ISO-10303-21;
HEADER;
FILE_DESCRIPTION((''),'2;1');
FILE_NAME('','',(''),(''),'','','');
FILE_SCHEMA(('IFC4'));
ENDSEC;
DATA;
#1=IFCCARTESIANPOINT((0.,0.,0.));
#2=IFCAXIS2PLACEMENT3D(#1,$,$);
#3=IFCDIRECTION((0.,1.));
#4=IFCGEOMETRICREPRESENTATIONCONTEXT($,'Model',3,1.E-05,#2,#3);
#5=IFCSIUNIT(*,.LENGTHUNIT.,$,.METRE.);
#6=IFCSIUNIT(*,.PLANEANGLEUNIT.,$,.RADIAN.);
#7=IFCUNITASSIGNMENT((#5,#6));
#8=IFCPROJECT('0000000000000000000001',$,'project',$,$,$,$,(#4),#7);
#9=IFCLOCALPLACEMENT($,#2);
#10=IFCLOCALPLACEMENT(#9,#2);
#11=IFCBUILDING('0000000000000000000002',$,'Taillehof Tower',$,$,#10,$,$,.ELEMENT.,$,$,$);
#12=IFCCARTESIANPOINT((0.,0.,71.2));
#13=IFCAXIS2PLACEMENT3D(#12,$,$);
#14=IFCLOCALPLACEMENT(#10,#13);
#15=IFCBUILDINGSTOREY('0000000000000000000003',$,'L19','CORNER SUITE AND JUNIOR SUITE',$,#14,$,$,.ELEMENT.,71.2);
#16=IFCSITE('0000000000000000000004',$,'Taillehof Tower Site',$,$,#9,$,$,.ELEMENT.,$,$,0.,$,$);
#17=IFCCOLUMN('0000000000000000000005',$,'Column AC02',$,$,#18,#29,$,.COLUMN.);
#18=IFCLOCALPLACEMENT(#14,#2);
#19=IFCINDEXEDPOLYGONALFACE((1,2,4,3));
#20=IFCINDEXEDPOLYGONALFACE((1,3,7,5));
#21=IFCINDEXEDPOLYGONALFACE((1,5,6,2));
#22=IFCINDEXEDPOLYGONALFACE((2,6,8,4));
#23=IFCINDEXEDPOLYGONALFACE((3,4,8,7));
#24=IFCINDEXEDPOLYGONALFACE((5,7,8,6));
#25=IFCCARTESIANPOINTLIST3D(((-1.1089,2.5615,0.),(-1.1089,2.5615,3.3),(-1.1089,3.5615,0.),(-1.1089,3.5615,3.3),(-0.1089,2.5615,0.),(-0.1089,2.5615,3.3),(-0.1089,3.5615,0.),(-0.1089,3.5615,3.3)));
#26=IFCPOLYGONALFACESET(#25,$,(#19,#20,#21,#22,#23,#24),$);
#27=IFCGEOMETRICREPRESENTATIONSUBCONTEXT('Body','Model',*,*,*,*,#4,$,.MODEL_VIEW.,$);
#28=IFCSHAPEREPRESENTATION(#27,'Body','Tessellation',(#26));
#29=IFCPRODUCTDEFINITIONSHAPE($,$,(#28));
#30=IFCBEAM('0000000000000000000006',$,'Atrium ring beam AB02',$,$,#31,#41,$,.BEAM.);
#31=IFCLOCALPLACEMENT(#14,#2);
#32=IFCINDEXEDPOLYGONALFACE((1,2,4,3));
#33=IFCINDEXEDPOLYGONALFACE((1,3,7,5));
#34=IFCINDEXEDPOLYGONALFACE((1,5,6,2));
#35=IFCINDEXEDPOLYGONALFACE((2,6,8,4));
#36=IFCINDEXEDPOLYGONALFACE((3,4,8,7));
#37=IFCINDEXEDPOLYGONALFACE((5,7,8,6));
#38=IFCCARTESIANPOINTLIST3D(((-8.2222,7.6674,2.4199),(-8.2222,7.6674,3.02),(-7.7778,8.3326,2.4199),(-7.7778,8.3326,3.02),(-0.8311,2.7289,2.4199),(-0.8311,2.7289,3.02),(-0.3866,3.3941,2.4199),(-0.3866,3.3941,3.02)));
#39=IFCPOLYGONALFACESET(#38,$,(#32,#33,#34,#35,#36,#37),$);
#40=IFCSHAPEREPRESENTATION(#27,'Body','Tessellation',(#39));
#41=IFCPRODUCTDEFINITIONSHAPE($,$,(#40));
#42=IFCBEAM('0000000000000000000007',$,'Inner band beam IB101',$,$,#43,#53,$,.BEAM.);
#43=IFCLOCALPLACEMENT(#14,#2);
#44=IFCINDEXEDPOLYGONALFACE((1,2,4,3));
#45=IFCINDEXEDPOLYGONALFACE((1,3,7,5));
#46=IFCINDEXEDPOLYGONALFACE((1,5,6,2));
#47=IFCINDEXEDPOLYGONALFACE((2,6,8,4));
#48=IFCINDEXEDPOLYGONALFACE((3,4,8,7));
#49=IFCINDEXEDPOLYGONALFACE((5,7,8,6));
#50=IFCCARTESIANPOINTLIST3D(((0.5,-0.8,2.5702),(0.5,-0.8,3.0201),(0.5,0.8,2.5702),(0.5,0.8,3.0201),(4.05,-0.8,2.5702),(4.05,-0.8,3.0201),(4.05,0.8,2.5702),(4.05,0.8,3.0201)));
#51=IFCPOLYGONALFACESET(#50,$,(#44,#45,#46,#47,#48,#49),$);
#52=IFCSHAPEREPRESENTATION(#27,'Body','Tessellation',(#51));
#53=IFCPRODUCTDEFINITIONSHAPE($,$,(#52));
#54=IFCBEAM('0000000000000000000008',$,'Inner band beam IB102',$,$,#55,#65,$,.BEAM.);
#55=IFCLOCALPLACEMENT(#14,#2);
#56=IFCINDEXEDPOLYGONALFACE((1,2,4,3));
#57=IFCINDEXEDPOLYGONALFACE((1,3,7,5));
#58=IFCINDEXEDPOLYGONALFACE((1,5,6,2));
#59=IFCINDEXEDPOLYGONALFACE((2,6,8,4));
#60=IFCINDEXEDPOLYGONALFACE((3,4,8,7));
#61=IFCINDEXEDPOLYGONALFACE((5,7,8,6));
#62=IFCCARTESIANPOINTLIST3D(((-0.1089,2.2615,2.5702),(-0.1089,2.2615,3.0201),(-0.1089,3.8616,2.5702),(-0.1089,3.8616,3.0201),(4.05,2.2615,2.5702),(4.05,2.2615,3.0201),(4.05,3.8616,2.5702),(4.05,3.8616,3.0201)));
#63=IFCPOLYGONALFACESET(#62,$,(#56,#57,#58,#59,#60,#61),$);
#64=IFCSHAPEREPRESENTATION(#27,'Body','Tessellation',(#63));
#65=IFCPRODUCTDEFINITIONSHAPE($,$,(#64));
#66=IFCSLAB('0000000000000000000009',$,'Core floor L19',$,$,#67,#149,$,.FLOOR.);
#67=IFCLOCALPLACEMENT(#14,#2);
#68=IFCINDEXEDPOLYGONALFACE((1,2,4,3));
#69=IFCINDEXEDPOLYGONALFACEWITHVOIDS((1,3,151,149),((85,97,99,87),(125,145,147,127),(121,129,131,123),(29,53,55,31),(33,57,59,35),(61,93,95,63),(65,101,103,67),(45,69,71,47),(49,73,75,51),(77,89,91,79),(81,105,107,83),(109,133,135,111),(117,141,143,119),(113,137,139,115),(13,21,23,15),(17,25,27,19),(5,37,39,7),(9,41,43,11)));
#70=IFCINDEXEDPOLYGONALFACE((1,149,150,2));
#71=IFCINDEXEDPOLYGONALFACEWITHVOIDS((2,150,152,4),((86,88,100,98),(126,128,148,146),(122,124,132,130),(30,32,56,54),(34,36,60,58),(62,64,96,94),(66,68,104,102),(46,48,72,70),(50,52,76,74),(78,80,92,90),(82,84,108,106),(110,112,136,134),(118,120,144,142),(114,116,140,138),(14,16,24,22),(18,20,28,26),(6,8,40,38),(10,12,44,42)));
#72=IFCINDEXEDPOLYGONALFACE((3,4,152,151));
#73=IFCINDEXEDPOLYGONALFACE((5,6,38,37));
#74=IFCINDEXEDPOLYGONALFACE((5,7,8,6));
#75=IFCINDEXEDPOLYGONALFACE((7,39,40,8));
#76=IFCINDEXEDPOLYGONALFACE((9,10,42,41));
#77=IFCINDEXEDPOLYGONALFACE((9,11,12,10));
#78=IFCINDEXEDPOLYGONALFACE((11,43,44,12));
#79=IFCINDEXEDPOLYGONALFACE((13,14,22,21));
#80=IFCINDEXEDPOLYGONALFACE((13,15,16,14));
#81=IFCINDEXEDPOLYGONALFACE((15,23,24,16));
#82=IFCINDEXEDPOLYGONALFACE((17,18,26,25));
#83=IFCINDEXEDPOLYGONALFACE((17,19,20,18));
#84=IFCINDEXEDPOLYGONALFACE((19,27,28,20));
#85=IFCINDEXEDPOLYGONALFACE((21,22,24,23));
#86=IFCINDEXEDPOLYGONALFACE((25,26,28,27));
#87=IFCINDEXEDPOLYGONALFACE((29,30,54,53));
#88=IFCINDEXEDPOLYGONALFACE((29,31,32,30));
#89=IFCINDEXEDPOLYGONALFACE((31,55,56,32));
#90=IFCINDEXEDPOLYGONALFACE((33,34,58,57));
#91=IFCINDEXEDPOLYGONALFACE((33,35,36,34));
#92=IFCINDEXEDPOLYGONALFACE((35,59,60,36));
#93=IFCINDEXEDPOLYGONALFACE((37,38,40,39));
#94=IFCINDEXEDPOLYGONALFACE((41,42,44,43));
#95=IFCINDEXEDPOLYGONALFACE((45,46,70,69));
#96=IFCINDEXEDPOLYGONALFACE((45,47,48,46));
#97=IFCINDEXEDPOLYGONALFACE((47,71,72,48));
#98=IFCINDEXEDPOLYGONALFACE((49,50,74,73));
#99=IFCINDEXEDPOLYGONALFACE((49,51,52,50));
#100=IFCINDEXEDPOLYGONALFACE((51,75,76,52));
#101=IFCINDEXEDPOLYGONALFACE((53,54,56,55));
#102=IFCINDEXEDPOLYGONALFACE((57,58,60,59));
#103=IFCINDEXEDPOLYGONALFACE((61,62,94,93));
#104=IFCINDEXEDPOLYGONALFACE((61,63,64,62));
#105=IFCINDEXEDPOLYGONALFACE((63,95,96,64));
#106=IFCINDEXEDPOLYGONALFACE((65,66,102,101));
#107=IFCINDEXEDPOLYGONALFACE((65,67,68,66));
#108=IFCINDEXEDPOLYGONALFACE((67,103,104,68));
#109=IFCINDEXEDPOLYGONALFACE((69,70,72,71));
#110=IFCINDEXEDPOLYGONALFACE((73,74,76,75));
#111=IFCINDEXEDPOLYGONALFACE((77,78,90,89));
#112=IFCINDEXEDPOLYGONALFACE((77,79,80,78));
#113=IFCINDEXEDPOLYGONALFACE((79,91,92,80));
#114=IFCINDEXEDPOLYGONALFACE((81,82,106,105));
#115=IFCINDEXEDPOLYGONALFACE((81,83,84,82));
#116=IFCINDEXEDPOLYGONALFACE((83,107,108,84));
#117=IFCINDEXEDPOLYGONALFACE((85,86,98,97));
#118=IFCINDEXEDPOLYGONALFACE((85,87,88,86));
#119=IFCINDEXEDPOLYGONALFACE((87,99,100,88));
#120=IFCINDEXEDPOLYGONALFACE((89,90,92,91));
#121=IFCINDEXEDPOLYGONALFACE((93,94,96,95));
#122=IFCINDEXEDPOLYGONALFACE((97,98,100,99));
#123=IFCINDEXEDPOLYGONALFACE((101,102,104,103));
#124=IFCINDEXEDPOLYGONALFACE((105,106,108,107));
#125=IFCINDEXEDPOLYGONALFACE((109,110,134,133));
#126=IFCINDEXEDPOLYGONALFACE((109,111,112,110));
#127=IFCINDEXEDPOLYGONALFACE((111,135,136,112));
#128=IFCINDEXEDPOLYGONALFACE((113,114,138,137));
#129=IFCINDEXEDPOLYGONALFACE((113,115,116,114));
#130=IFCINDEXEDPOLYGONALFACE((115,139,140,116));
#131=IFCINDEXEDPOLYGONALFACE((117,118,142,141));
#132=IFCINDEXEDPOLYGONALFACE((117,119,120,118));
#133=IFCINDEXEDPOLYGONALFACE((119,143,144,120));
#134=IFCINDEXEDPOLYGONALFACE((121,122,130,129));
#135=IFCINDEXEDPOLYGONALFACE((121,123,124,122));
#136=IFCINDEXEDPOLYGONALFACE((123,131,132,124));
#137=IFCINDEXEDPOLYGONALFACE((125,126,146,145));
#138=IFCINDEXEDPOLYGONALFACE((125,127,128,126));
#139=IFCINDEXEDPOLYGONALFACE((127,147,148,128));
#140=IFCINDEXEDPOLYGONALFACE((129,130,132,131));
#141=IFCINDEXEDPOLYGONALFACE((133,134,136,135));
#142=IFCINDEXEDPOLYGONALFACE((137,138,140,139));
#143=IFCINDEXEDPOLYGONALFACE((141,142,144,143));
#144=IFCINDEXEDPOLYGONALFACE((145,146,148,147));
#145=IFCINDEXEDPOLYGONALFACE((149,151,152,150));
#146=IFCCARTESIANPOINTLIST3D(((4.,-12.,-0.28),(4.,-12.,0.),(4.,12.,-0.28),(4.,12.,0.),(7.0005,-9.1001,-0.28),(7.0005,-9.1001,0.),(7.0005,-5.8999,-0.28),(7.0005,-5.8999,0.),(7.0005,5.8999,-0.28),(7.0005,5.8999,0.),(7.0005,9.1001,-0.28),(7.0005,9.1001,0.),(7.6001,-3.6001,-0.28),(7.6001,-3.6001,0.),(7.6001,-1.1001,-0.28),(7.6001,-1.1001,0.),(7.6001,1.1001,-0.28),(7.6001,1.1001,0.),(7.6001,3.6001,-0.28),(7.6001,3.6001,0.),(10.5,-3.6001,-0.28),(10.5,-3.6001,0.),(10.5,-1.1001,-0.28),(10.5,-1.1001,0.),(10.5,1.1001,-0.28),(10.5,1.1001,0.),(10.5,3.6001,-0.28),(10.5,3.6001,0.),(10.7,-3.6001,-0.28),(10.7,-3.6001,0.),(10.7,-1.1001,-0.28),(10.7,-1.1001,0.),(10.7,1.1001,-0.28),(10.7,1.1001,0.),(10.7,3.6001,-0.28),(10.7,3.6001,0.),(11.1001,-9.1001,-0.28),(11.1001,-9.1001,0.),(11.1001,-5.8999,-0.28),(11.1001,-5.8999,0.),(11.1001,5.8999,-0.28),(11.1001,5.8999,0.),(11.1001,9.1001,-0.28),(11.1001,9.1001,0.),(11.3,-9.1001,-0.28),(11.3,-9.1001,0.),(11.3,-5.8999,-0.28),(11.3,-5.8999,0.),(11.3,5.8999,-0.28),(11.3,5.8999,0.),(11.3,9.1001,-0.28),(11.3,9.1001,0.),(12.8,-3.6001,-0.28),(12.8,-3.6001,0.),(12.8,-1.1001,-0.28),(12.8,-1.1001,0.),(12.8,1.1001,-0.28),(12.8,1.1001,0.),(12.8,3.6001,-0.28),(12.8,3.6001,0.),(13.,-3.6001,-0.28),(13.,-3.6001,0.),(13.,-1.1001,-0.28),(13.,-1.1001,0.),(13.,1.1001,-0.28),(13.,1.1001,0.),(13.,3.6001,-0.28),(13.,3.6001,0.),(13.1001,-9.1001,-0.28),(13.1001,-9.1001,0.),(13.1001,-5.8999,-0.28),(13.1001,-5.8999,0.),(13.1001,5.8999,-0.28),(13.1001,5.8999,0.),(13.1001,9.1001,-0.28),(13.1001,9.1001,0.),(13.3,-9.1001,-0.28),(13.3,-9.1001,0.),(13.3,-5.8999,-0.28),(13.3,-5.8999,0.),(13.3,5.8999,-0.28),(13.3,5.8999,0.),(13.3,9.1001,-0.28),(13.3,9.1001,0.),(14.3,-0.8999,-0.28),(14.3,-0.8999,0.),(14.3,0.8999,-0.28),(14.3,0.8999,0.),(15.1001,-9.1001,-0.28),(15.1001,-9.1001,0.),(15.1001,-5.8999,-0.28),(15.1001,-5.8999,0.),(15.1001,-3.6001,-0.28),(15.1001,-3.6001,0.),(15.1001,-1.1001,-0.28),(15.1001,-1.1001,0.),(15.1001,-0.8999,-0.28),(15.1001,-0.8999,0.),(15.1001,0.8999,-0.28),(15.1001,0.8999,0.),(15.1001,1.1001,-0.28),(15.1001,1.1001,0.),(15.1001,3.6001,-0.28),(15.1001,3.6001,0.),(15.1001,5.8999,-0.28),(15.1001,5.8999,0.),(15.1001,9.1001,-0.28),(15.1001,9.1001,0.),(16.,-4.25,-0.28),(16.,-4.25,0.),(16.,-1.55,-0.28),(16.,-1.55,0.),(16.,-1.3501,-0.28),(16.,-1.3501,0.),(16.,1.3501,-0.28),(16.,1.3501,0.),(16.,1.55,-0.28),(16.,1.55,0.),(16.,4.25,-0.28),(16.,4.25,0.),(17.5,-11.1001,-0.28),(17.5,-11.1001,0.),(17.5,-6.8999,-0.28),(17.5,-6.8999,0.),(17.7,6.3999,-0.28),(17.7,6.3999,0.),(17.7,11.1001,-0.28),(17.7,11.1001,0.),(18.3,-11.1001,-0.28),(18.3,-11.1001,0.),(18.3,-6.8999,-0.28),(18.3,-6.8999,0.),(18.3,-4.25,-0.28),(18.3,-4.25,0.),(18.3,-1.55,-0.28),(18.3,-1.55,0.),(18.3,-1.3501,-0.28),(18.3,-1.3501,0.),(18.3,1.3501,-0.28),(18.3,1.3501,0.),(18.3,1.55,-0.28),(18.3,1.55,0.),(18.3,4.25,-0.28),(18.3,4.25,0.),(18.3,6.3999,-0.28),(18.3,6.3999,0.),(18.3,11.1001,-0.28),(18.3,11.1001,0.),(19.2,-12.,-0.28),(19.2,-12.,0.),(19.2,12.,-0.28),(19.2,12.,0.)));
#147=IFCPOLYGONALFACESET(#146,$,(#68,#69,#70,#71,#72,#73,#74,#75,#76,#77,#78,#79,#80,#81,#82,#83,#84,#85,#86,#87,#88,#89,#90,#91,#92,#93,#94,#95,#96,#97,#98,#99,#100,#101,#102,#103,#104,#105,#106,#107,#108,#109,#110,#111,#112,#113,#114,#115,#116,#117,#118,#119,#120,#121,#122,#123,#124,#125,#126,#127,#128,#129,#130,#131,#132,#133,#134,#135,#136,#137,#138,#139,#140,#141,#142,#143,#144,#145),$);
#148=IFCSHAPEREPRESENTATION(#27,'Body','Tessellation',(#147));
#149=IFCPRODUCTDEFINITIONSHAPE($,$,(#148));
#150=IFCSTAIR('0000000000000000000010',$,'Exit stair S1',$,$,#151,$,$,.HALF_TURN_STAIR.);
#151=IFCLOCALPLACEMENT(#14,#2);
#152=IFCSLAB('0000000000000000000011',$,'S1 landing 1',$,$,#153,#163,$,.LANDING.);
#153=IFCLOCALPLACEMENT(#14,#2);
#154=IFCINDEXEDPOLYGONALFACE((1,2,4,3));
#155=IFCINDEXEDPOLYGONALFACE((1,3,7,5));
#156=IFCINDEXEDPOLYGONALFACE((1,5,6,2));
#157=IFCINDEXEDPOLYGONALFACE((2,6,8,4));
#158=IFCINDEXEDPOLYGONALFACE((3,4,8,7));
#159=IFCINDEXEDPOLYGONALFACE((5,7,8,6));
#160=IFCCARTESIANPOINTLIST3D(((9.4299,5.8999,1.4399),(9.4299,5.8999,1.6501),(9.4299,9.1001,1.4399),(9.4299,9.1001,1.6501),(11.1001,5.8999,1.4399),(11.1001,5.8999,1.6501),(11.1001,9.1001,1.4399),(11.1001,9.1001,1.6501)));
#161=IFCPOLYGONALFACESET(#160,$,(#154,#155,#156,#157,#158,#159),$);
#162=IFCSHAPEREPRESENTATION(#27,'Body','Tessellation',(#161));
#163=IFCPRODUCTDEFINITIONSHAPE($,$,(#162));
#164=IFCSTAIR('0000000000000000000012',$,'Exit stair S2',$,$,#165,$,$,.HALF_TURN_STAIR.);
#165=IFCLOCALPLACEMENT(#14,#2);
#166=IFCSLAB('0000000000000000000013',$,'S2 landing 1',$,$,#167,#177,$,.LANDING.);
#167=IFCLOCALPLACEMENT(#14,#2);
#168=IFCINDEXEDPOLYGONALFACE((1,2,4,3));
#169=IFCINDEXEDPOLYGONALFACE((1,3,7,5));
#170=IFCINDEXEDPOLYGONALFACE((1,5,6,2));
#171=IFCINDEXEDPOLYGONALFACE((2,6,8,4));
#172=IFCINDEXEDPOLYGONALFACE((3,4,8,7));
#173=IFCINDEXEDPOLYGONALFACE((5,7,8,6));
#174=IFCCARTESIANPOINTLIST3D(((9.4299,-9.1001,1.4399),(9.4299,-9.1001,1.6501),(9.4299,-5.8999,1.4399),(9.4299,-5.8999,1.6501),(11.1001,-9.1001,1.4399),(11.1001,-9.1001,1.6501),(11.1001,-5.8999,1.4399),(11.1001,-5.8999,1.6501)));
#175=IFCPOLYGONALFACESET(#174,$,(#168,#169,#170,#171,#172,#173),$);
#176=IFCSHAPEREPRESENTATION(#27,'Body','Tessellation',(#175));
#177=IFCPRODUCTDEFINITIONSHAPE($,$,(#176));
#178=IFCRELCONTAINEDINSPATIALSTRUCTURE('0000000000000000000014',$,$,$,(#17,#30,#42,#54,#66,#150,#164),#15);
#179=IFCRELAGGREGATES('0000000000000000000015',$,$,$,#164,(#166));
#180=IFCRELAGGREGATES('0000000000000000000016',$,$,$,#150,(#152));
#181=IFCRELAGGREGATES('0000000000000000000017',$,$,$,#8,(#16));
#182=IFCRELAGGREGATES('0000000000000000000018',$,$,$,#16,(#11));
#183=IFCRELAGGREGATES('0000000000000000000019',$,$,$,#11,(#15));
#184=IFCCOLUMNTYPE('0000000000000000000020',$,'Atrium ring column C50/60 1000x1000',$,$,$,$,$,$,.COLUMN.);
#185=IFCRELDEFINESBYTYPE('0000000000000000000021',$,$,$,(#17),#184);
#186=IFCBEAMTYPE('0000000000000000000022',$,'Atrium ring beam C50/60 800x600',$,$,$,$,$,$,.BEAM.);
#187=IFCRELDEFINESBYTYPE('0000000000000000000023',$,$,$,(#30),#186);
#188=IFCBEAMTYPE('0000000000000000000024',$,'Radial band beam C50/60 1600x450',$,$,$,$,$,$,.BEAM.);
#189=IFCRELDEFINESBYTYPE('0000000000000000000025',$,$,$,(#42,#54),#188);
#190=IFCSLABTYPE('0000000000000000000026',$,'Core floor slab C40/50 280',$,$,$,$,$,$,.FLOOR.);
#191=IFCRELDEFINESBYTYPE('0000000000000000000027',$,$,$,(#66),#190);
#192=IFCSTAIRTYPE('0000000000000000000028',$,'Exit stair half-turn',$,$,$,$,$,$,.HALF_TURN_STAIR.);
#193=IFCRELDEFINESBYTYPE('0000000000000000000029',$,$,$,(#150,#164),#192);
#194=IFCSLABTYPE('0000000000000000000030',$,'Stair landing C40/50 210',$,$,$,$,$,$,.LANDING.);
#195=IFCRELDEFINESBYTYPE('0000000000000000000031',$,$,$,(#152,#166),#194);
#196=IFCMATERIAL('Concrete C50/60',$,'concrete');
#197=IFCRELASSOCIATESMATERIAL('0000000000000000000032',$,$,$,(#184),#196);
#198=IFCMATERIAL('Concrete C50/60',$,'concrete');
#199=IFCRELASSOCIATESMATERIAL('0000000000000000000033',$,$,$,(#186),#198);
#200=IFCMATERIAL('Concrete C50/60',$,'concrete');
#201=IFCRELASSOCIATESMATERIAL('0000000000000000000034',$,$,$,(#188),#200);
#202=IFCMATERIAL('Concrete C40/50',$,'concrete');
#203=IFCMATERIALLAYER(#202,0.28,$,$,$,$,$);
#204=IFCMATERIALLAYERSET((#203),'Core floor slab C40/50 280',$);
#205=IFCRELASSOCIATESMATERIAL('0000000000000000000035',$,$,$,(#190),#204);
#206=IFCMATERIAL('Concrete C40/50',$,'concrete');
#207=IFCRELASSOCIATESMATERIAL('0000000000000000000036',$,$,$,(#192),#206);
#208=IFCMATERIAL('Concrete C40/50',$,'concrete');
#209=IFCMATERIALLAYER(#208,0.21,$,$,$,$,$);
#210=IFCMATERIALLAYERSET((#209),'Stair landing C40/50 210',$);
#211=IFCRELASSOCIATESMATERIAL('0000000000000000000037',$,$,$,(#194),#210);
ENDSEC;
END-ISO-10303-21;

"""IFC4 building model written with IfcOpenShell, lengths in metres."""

from ifc_helpers import new_model, si_unit, direction, frame, origin, origin_2d, place, context, subcontext, project, spatial, polyline, rectangle, outline, extrude, material, layer, layer_set, material_profile, profile_set, type_object, element, aggregate, save


model = new_model("IFC4")

# Units and contexts
model_context = context("Model", 3, precision=1e-05, world=origin(), true_north=direction((0.0, 1.0)))
body_context = subcontext(model_context, "Body", "Model", "MODEL_VIEW")
ifc_project = project(units=[si_unit("LENGTHUNIT", "METRE"), si_unit("PLANEANGLEUNIT", "RADIAN")], contexts=[model_context])

# Site, building, storey
site_placement = place(None, origin())
site = spatial("IfcSite", under=ifc_project, at=site_placement, Name="Taillehof Tower Site", CompositionType="ELEMENT", RefElevation=0.0)
building_placement = place(site_placement, origin())
building = spatial("IfcBuilding", under=site, at=building_placement, Name="Taillehof Tower", CompositionType="ELEMENT")
storey_placement = place(building_placement, frame((0.0, 0.0, 71.2)))
storey = spatial("IfcBuildingStorey", under=building, at=storey_placement, Name="L19", Description="CORNER SUITE AND JUNIOR SUITE", CompositionType="ELEMENT", Elevation=71.2)

# Column
ifc_material_1 = material(Name="Concrete C50/60", Category="concrete")
ifc_material_profile_1 = material_profile(ifc_material_1, rectangle(XDim=1.0, YDim=1.0, at=origin_2d()), Name="RC 1000x1000")
ifc_profile_set_1 = profile_set([ifc_material_profile_1], Name="Concrete C50/60")
column_type = type_object("IfcColumnType", Name="Atrium ring column C50/60 1000x1000", PredefinedType="COLUMN", material=ifc_profile_set_1)
column_placement = place(storey_placement, frame((-0.6089, 3.0615, 0.0), z_axis=(0.0, 0.0, 1.0), x_axis=(1.0, 0.0, 0.0)))
element("IfcColumn", 1, at=column_placement, inside=storey, type_object=column_type, Name="Column AC02", PredefinedType="COLUMN", context=body_context, shape_type="SweptSolid", body=[
    extrude(rectangle(XDim=1.0, YDim=1.0, at=origin_2d()), origin(), (0.0, 0.0, 1.0), 3.3),
])

# Beams
ifc_material_2 = material(Name="Concrete C50/60", Category="concrete")
ifc_material_profile_2 = material_profile(ifc_material_2, rectangle(XDim=0.8, YDim=0.6001, at=origin_2d()), Name="RC 800x600")
ifc_profile_set_2 = profile_set([ifc_material_profile_2], Name="Concrete C50/60")
beam_type_1 = type_object("IfcBeamType", Name="Atrium ring beam C50/60 800x600", PredefinedType="BEAM", material=ifc_profile_set_2)
beam_1_placement = place(storey_placement, frame((-0.6089, 3.0615, 2.72), z_axis=(-0.831475, 0.555562, 0.0), x_axis=(-0.555562, -0.831475, 0.0)))
element("IfcBeam", 2, at=beam_1_placement, inside=storey, type_object=beam_type_1, Name="Atrium ring beam AB02", PredefinedType="BEAM", context=body_context, shape_type="SweptSolid", body=[
    extrude(rectangle(XDim=0.8, YDim=0.6001, at=origin_2d()), origin(), (0.0, 0.0, 1.0), 8.8892),
])
ifc_material_3 = material(Name="Concrete C50/60", Category="concrete")
ifc_material_profile_3 = material_profile(ifc_material_3, rectangle(XDim=1.6001, YDim=0.45, at=origin_2d()), Name="RC 1600x450")
ifc_profile_set_3 = profile_set([ifc_material_profile_3], Name="Concrete C50/60")
beam_type_2 = type_object("IfcBeamType", Name="Radial band beam C50/60 1600x450", PredefinedType="BEAM", material=ifc_profile_set_3)
beam_2_placement = place(storey_placement, frame((0.5, 0.0, 2.7952), z_axis=(1.0, 0.0, 0.0), x_axis=(0.0, 1.0, 0.0)))
element("IfcBeam", 3, at=beam_2_placement, inside=storey, type_object=beam_type_2, Name="Inner band beam IB101", PredefinedType="BEAM", context=body_context, shape_type="SweptSolid", body=[
    extrude(rectangle(XDim=1.6001, YDim=0.45, at=origin_2d()), origin(), (0.0, 0.0, 1.0), 3.55),
])
beam_3_placement = place(storey_placement, frame((-0.1089, 3.0615, 2.7952), z_axis=(1.0, 0.0, 0.0), x_axis=(0.0, 1.0, 0.0)))
element("IfcBeam", 4, at=beam_3_placement, inside=storey, type_object=beam_type_2, Name="Inner band beam IB102", PredefinedType="BEAM", context=body_context, shape_type="SweptSolid", body=[
    extrude(rectangle(XDim=1.6001, YDim=0.45, at=origin_2d()), origin(), (0.0, 0.0, 1.0), 4.1589),
])

# Slab
ifc_material_4 = material(Name="Concrete C40/50", Category="concrete")
ifc_layer_1 = layer(ifc_material_4, 0.28)
ifc_layer_set_1 = layer_set([ifc_layer_1], Name="Core floor slab C40/50 280")
slab_type_1 = type_object("IfcSlabType", Name="Core floor slab C40/50 280", PredefinedType="FLOOR", material=ifc_layer_set_1)
slab_1_placement = place(storey_placement, frame((0.0, 0.0, -0.28)))
element("IfcSlab", 5, at=slab_1_placement, inside=storey, type_object=slab_type_1, Name="Core floor L19", PredefinedType="FLOOR", context=body_context, shape_type="SweptSolid", body=[
    extrude(outline(polyline([(4.0, -12.0), (4.0, 12.0), (19.2, 12.0), (19.2, -12.0), (4.0, -12.0)]), holes=[polyline([(7.0005, -9.1001), (11.1001, -9.1001), (11.1001, -5.8999), (7.0005, -5.8999), (7.0005, -9.1001)]), polyline([(13.1001, -9.1001), (13.1001, -5.8999), (11.3, -5.8999), (11.3, -9.1001), (13.1001, -9.1001)]), polyline([(10.5, -3.6001), (10.5, -1.1001), (7.6001, -1.1001), (7.6001, -3.6001), (10.5, -3.6001)]), polyline([(12.8, -3.6001), (12.8, -1.1001), (10.7, -1.1001), (10.7, -3.6001), (12.8, -3.6001)]), polyline([(10.5, 1.1001), (10.5, 3.6001), (7.6001, 3.6001), (7.6001, 1.1001), (10.5, 1.1001)]), polyline([(12.8, 1.1001), (12.8, 3.6001), (10.7, 3.6001), (10.7, 1.1001), (12.8, 1.1001)]), polyline([(15.1001, 1.1001), (15.1001, 3.6001), (13.0, 3.6001), (13.0, 1.1001), (15.1001, 1.1001)]), polyline([(11.3, 5.8999), (13.1001, 5.8999), (13.1001, 9.1001), (11.3, 9.1001), (11.3, 5.8999)]), polyline([(7.0005, 5.8999), (11.1001, 5.8999), (11.1001, 9.1001), (7.0005, 9.1001), (7.0005, 5.8999)]), polyline([(18.3, -11.1001), (18.3, -6.8999), (17.5, -6.8999), (17.5, -11.1001), (18.3, -11.1001)]), polyline([(15.1001, -9.1001), (15.1001, -5.8999), (13.3, -5.8999), (13.3, -9.1001), (15.1001, -9.1001)]), polyline([(18.3, -4.25), (18.3, -1.55), (16.0, -1.55), (16.0, -4.25), (18.3, -4.25)]), polyline([(15.1001, -3.6001), (15.1001, -1.1001), (13.0, -1.1001), (13.0, -3.6001), (15.1001, -3.6001)]), polyline([(15.1001, -0.8999), (15.1001, 0.8999), (14.3, 0.8999), (14.3, -0.8999), (15.1001, -0.8999)]), polyline([(18.3, -1.3501), (18.3, 1.3501), (16.0, 1.3501), (16.0, -1.3501), (18.3, -1.3501)]), polyline([(18.3, 1.55), (18.3, 4.25), (16.0, 4.25), (16.0, 1.55), (18.3, 1.55)]), polyline([(13.3, 5.8999), (15.1001, 5.8999), (15.1001, 9.1001), (13.3, 9.1001), (13.3, 5.8999)]), polyline([(17.7, 6.3999), (18.3, 6.3999), (18.3, 11.1001), (17.7, 11.1001), (17.7, 6.3999)])]), origin(), (0.0, 0.0, 1.0), 0.28),
])

# Stairs, slabs
ifc_material_5 = material(Name="Concrete C40/50", Category="concrete")
stair_type = type_object("IfcStairType", Name="Exit stair half-turn", PredefinedType="HALF_TURN_STAIR", material=ifc_material_5)
stair_1_placement = place(storey_placement, origin())
stair_1 = element("IfcStair", 6, at=stair_1_placement, inside=storey, type_object=stair_type, Name="Exit stair S1", PredefinedType="HALF_TURN_STAIR")
ifc_material_6 = material(Name="Concrete C40/50", Category="concrete")
ifc_layer_2 = layer(ifc_material_6, 0.21)
ifc_layer_set_2 = layer_set([ifc_layer_2], Name="Stair landing C40/50 210")
slab_type_2 = type_object("IfcSlabType", Name="Stair landing C40/50 210", PredefinedType="LANDING", material=ifc_layer_set_2)
slab_2_placement = place(storey_placement, frame((0.0, 0.0, 1.4399)))
slab_2 = element("IfcSlab", 7, at=slab_2_placement, type_object=slab_type_2, Name="S1 landing 1", PredefinedType="LANDING", context=body_context, shape_type="SweptSolid", body=[
    extrude(outline(polyline([(9.4299, 5.8999), (11.1001, 5.8999), (11.1001, 9.1001), (9.4299, 9.1001), (9.4299, 5.8999)])), origin(), (0.0, 0.0, 1.0), 0.2102),
])
stair_2_placement = place(storey_placement, origin())
stair_2 = element("IfcStair", 8, at=stair_2_placement, inside=storey, type_object=stair_type, Name="Exit stair S2", PredefinedType="HALF_TURN_STAIR")
slab_3_placement = place(storey_placement, frame((0.0, 0.0, 1.4399)))
slab_3 = element("IfcSlab", 9, at=slab_3_placement, type_object=slab_type_2, Name="S2 landing 1", PredefinedType="LANDING", context=body_context, shape_type="SweptSolid", body=[
    extrude(outline(polyline([(9.4299, -5.8999), (11.1001, -5.8999), (11.1001, -9.1001), (9.4299, -9.1001), (9.4299, -5.8999)])), origin(), (0.0, 0.0, 1.0), 0.2102),
])
aggregate(stair_2, [slab_3])

aggregate(stair_1, [slab_2])

save(model, "model.ifc")
